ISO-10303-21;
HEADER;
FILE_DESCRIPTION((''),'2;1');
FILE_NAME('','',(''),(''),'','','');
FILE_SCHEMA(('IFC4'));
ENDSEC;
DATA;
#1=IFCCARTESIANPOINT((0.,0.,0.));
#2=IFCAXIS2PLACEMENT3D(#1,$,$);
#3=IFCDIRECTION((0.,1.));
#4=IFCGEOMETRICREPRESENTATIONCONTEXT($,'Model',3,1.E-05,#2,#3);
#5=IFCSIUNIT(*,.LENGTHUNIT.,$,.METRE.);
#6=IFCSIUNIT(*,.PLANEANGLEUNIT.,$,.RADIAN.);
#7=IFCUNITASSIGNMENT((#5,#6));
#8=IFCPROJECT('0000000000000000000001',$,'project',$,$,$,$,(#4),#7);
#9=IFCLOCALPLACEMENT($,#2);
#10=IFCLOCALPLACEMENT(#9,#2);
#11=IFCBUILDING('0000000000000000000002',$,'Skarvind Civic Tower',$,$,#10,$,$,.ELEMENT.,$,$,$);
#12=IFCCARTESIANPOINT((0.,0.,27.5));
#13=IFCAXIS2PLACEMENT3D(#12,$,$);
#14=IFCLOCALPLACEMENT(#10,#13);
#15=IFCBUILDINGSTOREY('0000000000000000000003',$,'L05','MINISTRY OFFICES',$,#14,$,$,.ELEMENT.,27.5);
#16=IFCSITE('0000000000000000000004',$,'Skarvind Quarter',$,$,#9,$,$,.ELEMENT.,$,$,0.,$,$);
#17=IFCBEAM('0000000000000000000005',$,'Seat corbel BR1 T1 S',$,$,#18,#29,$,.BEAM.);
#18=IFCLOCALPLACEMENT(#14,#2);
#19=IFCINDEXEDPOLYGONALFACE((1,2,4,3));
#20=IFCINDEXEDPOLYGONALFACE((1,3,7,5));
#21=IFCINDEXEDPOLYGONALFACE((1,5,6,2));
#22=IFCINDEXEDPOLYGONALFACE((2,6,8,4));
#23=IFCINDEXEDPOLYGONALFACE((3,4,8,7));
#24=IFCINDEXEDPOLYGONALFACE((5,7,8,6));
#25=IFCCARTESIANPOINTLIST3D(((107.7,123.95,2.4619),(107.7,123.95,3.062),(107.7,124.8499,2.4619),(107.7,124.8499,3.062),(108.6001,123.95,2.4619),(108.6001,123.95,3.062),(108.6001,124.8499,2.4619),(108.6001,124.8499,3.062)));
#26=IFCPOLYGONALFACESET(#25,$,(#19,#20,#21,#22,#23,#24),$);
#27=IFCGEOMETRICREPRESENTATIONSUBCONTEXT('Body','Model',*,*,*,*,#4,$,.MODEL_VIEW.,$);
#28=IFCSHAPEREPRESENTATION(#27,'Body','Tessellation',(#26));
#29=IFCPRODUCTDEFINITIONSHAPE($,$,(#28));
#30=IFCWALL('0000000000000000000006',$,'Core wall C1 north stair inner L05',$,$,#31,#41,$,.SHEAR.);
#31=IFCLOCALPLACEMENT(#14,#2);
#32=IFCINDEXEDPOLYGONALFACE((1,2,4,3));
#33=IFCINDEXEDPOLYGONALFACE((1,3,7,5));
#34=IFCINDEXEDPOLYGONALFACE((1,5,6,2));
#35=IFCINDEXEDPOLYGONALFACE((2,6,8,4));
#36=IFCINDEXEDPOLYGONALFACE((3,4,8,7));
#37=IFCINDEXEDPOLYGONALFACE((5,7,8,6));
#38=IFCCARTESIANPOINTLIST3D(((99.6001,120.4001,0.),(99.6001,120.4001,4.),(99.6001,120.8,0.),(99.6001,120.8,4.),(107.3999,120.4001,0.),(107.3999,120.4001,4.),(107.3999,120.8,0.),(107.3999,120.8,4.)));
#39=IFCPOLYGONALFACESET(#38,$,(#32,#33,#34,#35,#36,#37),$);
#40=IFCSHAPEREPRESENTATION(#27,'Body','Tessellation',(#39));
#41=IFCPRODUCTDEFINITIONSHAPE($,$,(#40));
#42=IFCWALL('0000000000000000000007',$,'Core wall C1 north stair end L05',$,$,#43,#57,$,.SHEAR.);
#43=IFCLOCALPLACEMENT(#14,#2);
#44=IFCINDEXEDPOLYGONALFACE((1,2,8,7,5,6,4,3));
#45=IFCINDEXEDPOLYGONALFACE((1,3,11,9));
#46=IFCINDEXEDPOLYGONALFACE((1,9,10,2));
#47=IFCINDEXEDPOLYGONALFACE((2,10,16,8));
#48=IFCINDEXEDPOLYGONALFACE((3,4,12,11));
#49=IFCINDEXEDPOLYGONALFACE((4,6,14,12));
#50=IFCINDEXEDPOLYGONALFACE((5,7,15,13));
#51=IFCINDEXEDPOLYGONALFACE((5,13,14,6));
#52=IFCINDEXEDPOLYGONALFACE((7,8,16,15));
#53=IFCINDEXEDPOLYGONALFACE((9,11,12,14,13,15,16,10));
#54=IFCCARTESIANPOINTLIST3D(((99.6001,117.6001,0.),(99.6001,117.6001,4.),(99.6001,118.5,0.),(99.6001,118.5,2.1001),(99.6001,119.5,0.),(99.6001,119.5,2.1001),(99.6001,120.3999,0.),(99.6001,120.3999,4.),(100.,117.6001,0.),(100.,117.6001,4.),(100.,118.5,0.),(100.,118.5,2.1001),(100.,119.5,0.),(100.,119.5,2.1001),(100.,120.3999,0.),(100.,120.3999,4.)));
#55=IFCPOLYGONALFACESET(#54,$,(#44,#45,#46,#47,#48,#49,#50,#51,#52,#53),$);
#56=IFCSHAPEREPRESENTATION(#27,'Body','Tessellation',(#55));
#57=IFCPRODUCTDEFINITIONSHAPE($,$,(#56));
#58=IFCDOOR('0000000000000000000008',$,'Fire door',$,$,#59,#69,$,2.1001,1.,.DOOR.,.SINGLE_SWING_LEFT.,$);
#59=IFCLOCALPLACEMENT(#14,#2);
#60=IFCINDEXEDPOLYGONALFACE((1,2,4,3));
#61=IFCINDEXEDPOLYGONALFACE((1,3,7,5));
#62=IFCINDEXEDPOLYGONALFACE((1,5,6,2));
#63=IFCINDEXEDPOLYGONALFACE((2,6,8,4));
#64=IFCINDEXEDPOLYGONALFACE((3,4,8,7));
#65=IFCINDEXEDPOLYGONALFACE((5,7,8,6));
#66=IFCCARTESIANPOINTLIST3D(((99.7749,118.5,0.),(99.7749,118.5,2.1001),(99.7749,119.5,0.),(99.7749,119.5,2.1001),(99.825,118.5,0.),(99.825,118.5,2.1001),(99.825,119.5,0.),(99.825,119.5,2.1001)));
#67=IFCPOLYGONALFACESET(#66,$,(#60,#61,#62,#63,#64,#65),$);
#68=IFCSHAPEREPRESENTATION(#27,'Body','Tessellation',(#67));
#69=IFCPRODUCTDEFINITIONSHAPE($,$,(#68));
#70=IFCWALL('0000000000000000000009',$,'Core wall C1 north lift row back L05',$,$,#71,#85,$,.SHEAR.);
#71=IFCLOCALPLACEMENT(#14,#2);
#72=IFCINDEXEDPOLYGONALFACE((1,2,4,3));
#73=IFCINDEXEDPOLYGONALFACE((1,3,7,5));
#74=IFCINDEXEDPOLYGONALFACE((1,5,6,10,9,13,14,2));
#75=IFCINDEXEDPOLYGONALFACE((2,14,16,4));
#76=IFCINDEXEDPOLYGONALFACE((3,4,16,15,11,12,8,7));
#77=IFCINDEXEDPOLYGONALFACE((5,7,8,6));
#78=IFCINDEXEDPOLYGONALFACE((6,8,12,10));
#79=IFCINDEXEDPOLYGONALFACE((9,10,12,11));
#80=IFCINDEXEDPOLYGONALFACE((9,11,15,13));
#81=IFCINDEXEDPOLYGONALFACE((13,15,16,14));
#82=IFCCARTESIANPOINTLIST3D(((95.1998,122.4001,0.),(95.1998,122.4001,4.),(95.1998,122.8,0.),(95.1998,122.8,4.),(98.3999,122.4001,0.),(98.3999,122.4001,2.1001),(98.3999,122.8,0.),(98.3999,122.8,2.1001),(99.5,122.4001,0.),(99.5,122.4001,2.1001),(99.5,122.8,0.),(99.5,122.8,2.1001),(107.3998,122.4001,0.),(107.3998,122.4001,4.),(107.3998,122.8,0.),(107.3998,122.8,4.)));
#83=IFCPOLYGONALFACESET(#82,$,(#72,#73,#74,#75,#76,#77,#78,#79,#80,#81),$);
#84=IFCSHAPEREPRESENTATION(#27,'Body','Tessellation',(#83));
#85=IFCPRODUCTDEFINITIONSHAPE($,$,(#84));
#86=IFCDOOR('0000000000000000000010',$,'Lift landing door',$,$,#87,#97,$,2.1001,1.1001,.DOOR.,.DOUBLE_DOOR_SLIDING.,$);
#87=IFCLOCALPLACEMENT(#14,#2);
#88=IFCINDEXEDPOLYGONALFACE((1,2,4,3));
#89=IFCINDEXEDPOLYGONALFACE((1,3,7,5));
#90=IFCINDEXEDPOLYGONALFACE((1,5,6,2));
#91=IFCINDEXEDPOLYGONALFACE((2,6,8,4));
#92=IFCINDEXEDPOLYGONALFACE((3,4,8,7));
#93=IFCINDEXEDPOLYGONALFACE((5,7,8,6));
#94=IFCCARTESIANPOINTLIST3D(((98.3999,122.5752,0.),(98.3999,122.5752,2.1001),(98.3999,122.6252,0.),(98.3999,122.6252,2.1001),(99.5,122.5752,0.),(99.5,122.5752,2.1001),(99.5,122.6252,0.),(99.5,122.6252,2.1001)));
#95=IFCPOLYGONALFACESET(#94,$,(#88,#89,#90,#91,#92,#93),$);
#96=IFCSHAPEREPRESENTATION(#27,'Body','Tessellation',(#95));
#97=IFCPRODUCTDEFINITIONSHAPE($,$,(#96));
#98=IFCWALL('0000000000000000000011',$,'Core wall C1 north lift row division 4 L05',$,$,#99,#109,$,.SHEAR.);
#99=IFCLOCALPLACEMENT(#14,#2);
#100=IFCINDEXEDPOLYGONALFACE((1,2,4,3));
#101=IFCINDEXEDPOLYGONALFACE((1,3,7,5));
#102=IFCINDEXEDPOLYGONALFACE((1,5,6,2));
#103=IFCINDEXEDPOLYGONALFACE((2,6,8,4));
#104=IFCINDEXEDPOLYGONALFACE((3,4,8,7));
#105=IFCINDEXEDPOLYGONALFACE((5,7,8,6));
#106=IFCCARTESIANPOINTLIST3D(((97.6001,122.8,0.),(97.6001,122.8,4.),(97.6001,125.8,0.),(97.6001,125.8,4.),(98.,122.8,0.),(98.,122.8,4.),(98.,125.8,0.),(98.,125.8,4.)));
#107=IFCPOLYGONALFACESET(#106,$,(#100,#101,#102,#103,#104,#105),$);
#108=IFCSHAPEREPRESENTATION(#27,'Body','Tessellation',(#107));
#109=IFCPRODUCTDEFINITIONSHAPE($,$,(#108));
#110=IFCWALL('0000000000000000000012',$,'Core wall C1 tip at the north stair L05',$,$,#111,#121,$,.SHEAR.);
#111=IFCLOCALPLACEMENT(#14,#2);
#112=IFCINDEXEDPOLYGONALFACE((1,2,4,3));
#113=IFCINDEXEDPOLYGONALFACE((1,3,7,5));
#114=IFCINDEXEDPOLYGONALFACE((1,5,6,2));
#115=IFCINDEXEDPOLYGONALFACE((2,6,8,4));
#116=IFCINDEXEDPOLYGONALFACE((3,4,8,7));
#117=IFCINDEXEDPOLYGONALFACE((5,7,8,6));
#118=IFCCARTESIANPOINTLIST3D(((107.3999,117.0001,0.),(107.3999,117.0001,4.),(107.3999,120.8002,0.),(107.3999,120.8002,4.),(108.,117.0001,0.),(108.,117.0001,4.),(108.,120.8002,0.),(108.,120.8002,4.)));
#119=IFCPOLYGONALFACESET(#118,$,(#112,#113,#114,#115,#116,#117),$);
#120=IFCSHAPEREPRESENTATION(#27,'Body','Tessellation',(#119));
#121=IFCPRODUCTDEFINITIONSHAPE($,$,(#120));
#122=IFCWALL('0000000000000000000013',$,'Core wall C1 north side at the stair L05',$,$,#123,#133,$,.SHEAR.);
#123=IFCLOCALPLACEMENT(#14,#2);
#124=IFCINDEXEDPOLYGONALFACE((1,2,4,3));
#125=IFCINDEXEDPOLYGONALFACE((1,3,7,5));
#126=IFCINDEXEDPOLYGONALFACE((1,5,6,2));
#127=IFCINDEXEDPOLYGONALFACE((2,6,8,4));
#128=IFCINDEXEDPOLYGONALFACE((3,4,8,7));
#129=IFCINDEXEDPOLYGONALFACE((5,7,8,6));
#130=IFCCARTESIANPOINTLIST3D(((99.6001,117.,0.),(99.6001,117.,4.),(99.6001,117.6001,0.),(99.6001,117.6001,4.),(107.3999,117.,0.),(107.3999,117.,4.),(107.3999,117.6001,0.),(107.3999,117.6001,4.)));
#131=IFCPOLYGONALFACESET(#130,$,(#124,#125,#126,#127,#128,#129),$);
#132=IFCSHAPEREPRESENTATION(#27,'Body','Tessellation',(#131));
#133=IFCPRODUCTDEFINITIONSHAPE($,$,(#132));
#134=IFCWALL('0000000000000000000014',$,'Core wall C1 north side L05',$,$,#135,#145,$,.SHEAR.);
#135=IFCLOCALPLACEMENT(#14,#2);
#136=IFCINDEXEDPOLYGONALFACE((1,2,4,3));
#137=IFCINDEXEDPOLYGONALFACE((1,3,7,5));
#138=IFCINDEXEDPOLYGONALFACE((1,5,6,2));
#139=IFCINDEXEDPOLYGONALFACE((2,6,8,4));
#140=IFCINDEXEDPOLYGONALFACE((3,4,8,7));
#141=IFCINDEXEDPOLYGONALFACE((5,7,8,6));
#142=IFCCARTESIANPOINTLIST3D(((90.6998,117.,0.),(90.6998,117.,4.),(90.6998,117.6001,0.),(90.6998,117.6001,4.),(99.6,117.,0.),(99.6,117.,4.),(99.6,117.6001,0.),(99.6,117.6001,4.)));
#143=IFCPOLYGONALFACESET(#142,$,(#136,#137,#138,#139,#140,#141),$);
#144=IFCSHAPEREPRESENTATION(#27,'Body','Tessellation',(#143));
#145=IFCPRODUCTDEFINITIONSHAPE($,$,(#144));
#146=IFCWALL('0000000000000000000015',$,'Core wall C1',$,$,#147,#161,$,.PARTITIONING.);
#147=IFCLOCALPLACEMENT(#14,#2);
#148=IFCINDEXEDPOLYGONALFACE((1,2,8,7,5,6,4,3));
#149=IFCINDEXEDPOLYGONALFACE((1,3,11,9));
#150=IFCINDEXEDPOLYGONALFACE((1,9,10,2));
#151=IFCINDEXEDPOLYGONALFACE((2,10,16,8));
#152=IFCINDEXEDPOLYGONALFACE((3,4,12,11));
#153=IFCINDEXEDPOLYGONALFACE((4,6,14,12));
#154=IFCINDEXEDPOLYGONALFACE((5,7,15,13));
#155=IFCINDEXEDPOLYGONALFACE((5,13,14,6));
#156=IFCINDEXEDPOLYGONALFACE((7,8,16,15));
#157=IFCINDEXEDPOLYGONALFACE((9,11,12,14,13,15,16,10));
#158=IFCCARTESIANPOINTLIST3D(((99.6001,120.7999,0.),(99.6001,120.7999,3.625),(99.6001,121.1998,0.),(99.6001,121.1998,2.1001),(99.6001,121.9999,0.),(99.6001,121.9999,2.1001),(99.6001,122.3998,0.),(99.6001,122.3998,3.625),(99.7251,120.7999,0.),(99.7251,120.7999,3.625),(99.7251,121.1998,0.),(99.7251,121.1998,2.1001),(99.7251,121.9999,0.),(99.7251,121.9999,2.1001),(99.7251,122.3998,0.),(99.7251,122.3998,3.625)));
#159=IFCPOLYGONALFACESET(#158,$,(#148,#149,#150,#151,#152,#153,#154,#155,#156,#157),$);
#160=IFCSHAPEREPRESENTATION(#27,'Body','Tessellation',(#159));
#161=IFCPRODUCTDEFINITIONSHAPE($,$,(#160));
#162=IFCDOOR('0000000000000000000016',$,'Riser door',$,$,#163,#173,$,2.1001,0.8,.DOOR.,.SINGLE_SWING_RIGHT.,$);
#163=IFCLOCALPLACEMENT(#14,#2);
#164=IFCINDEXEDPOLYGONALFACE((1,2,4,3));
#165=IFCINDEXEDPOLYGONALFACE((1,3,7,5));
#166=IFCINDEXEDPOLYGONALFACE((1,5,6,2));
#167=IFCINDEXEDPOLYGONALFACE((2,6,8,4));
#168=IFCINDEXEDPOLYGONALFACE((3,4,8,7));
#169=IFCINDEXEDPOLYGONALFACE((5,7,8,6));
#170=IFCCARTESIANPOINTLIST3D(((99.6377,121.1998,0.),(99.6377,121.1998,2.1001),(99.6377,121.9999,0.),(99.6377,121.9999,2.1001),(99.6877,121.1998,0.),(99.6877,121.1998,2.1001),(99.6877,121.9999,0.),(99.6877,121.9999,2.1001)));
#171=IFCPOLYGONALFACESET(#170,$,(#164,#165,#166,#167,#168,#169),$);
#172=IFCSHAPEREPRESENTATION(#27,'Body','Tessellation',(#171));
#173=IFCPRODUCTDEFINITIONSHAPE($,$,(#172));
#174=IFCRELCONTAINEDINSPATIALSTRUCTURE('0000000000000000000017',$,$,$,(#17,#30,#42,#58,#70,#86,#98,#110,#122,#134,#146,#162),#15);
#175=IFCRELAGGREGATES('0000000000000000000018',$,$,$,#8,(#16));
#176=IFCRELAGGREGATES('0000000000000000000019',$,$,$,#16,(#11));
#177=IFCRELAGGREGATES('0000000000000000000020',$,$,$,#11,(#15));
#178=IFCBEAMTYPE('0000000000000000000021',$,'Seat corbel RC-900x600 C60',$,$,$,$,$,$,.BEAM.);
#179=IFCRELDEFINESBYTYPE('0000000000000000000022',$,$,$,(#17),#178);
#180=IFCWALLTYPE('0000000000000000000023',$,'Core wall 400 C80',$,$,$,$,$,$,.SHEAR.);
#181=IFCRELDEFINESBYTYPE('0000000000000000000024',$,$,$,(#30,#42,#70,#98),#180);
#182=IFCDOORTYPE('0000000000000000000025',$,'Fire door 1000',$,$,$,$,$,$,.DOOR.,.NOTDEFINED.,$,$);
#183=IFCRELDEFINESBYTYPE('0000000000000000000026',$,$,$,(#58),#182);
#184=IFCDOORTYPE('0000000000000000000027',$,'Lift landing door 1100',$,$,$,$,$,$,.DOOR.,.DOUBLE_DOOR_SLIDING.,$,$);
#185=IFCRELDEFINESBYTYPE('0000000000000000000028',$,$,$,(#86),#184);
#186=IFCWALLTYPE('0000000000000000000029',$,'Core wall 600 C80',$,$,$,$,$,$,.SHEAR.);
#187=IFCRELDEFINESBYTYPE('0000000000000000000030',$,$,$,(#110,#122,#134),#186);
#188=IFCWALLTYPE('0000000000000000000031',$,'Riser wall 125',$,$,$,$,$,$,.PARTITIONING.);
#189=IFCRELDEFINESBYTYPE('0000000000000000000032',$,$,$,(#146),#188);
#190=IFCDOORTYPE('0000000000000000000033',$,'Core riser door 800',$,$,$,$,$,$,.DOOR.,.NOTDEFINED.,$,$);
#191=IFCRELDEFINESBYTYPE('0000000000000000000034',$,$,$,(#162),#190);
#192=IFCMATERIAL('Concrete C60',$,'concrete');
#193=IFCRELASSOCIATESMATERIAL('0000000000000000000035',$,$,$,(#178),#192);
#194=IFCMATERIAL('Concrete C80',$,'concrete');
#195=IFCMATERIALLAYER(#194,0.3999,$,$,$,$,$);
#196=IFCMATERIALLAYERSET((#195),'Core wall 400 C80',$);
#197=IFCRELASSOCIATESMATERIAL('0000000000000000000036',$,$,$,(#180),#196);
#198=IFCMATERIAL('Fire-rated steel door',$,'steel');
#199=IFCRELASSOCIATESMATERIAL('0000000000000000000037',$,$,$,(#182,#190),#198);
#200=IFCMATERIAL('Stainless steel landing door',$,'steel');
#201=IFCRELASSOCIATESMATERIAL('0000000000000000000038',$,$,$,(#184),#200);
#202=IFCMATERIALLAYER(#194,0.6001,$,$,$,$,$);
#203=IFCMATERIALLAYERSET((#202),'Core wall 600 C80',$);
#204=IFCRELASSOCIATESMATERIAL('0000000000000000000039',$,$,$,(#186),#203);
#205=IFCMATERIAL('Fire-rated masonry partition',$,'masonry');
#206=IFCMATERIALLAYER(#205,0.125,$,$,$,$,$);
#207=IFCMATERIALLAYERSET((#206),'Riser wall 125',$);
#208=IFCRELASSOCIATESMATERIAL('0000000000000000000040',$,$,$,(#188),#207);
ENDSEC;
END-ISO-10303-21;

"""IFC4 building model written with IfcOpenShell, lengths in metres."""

from ifc_helpers import new_model, si_unit, direction, frame, frame_2d, origin, origin_2d, place, context, subcontext, project, spatial, rectangle, extrude, material, layer, layer_set, material_profile, profile_set, type_object, element, fill, save


model = new_model("IFC4")

# Units and contexts
model_context = context("Model", 3, precision=1e-05, world=origin(), true_north=direction((0.0, 1.0)))
body_context = subcontext(model_context, "Body", "Model", "MODEL_VIEW")
ifc_project = project(units=[si_unit("LENGTHUNIT", "METRE"), si_unit("PLANEANGLEUNIT", "RADIAN")], contexts=[model_context])

# Site, building, storey
site_placement = place(None, origin())
site = spatial("IfcSite", under=ifc_project, at=site_placement, Name="Skarvind Quarter", CompositionType="ELEMENT", RefElevation=0.0)
building_placement = place(site_placement, origin())
building = spatial("IfcBuilding", under=site, at=building_placement, Name="Skarvind Civic Tower", CompositionType="ELEMENT")
storey_placement = place(building_placement, frame((0.0, 0.0, 27.5)))
storey = spatial("IfcBuildingStorey", under=building, at=storey_placement, Name="L05", Description="MINISTRY OFFICES", CompositionType="ELEMENT", Elevation=27.5)

# Beam
ifc_material_1 = material(Name="Concrete C60", Category="concrete")
ifc_material_profile_1 = material_profile(ifc_material_1, rectangle(XDim=0.8999, YDim=0.6001, at=origin_2d()), Name="RC-900x600")
ifc_profile_set_1 = profile_set([ifc_material_profile_1], Name="Concrete C60")
beam_type_1 = type_object("IfcBeamType", Name="Seat corbel RC-900x600 C60", PredefinedType="BEAM", material=ifc_profile_set_1)
beam_placement = place(storey_placement, frame((107.7, 124.3999, 2.762), z_axis=(1.0, 0.0, 0.0), x_axis=(0.0, 1.0, 0.0)))
element("IfcBeam", 1, at=beam_placement, inside=storey, type_object=beam_type_1, Name="Seat corbel BR1 T1 S", PredefinedType="BEAM", context=body_context, shape_type="SweptSolid", body=[
    extrude(rectangle(XDim=0.8999, YDim=0.6001, at=origin_2d()), origin(), (0.0, 0.0, 1.0), 0.9001),
])

# Wall
ifc_material_2 = material(Name="Concrete C80", Category="concrete")
ifc_layer_1 = layer(ifc_material_2, 0.3999)
ifc_layer_set_1 = layer_set([ifc_layer_1], Name="Core wall 400 C80")
wall_type_1 = type_object("IfcWallType", Name="Core wall 400 C80", PredefinedType="SHEAR", material=ifc_layer_set_1)
wall_1_placement = place(storey_placement, frame((107.3999, 120.6001, 0.0), z_axis=(0.0, 0.0, 1.0), x_axis=(-1.0, 0.0, 0.0)))
element("IfcWall", 2, at=wall_1_placement, inside=storey, type_object=wall_type_1, Name="Core wall C1 north stair inner L05", PredefinedType="SHEAR", context=body_context, shape_type="SweptSolid", body=[
    extrude(rectangle(XDim=7.7998, YDim=0.3999, at=frame_2d((3.8999, 0.0))), origin(), (0.0, 0.0, 1.0), 4.0),
])

# Walls, openings, doors
wall_2_placement = place(storey_placement, frame((99.8, 120.3999, 0.0), z_axis=(0.0, 0.0, 1.0), x_axis=(0.0, -1.0, 0.0)))
wall_2 = element("IfcWall", 3, at=wall_2_placement, inside=storey, type_object=wall_type_1, Name="Core wall C1 north stair end L05", PredefinedType="SHEAR", context=body_context, shape_type="SweptSolid", body=[
    extrude(rectangle(XDim=2.7998, YDim=0.3999, at=frame_2d((1.3999, 0.0))), origin(), (0.0, 0.0, 1.0), 4.0),
])
opening_1_placement = place(wall_2_placement, frame((0.8999, 0.0, 0.0)))
opening_1 = element("IfcOpeningElement", 4, at=opening_1_placement, cuts=wall_2, PredefinedType="OPENING", context=body_context, shape_type="SweptSolid", body=[
    extrude(rectangle(XDim=1.0, YDim=2.1001, at=frame_2d((0.5, 1.05))), frame((0.0, 0.21, 0.0), z_axis=(0.0, -1.0, 0.0), x_axis=(1.0, 0.0, 0.0)), (0.0, 0.0, 1.0), 0.4199),
])
ifc_material_3 = material(Name="Fire-rated steel door", Category="steel")
door_type_1 = type_object("IfcDoorType", Name="Fire door 1000", OperationType="NOTDEFINED", PredefinedType="DOOR", material=ifc_material_3)
door_1_placement = place(opening_1_placement, origin())
door_1 = element("IfcDoor", 5, at=door_1_placement, inside=storey, type_object=door_type_1, Name="Fire door", OperationType="SINGLE_SWING_LEFT", OverallHeight=2.1001, OverallWidth=1.0, PredefinedType="DOOR", context=body_context, shape_type="SweptSolid", body=[
    extrude(rectangle(XDim=1.0, YDim=2.1001, at=frame_2d((0.5, 1.05))), frame((0.0, 0.0249, 0.0), z_axis=(0.0, -1.0, 0.0), x_axis=(1.0, 0.0, 0.0)), (0.0, 0.0, 1.0), 0.05),
])
fill(opening_1, door_1)
wall_3_placement = place(storey_placement, frame((107.3999, 122.6001, 0.0), z_axis=(0.0, 0.0, 1.0), x_axis=(-1.0, 0.0, 0.0)))
wall_3 = element("IfcWall", 6, at=wall_3_placement, inside=storey, type_object=wall_type_1, Name="Core wall C1 north lift row back L05", PredefinedType="SHEAR", context=body_context, shape_type="SweptSolid", body=[
    extrude(rectangle(XDim=12.2, YDim=0.3999, at=frame_2d((6.1001, 0.0))), origin(), (0.0, 0.0, 1.0), 4.0),
])
opening_2_placement = place(wall_3_placement, frame((7.8999, 0.0, 0.0)))
opening_2 = element("IfcOpeningElement", 7, at=opening_2_placement, cuts=wall_3, PredefinedType="OPENING", context=body_context, shape_type="SweptSolid", body=[
    extrude(rectangle(XDim=1.1001, YDim=2.1001, at=frame_2d((0.55, 1.05))), frame((0.0, 0.21, 0.0), z_axis=(0.0, -1.0, 0.0), x_axis=(1.0, 0.0, 0.0)), (0.0, 0.0, 1.0), 0.4199),
])
ifc_material_4 = material(Name="Stainless steel landing door", Category="steel")
door_type_2 = type_object("IfcDoorType", Name="Lift landing door 1100", OperationType="DOUBLE_DOOR_SLIDING", PredefinedType="DOOR", material=ifc_material_4)
door_2_placement = place(opening_2_placement, origin())
door_2 = element("IfcDoor", 8, at=door_2_placement, inside=storey, type_object=door_type_2, Name="Lift landing door", OperationType="DOUBLE_DOOR_SLIDING", OverallHeight=2.1001, OverallWidth=1.1001, PredefinedType="DOOR", context=body_context, shape_type="SweptSolid", body=[
    extrude(rectangle(XDim=1.1001, YDim=2.1001, at=frame_2d((0.55, 1.05))), frame((0.0, 0.0249, 0.0), z_axis=(0.0, -1.0, 0.0), x_axis=(1.0, 0.0, 0.0)), (0.0, 0.0, 1.0), 0.05),
])
fill(opening_2, door_2)

# Walls
wall_4_placement = place(storey_placement, frame((97.8, 125.8, 0.0), z_axis=(0.0, 0.0, 1.0), x_axis=(0.0, -1.0, 0.0)))
element("IfcWall", 9, at=wall_4_placement, inside=storey, type_object=wall_type_1, Name="Core wall C1 north lift row division 4 L05", PredefinedType="SHEAR", context=body_context, shape_type="SweptSolid", body=[
    extrude(rectangle(XDim=3.0, YDim=0.3999, at=frame_2d((1.5, 0.0))), origin(), (0.0, 0.0, 1.0), 4.0),
])
ifc_layer_2 = layer(ifc_material_2, 0.6001)
ifc_layer_set_2 = layer_set([ifc_layer_2], Name="Core wall 600 C80")
wall_type_2 = type_object("IfcWallType", Name="Core wall 600 C80", PredefinedType="SHEAR", material=ifc_layer_set_2)
wall_5_placement = place(storey_placement, frame((107.7, 120.8, 0.0), z_axis=(0.0, 0.0, 1.0), x_axis=(0.0, -1.0, 0.0)))
element("IfcWall", 10, at=wall_5_placement, inside=storey, type_object=wall_type_2, Name="Core wall C1 tip at the north stair L05", PredefinedType="SHEAR", context=body_context, shape_type="SweptSolid", body=[
    extrude(rectangle(XDim=3.8, YDim=0.6001, at=frame_2d((1.8999, 0.0))), origin(), (0.0, 0.0, 1.0), 4.0),
])
wall_6_placement = place(storey_placement, frame((107.3999, 117.3, 0.0), z_axis=(0.0, 0.0, 1.0), x_axis=(-1.0, 0.0, 0.0)))
element("IfcWall", 11, at=wall_6_placement, inside=storey, type_object=wall_type_2, Name="Core wall C1 north side at the stair L05", PredefinedType="SHEAR", context=body_context, shape_type="SweptSolid", body=[
    extrude(rectangle(XDim=7.7998, YDim=0.6001, at=frame_2d((3.8999, 0.0))), origin(), (0.0, 0.0, 1.0), 4.0),
])
wall_7_placement = place(storey_placement, frame((99.6001, 117.3, 0.0), z_axis=(0.0, 0.0, 1.0), x_axis=(-1.0, 0.0, 0.0)))
element("IfcWall", 12, at=wall_7_placement, inside=storey, type_object=wall_type_2, Name="Core wall C1 north side L05", PredefinedType="SHEAR", context=body_context, shape_type="SweptSolid", body=[
    extrude(rectangle(XDim=8.9001, YDim=0.6001, at=frame_2d((4.4502, 0.0))), origin(), (0.0, 0.0, 1.0), 4.0),
])

# Wall, opening, door
ifc_material_5 = material(Name="Fire-rated masonry partition", Category="masonry")
ifc_layer_3 = layer(ifc_material_5, 0.125)
ifc_layer_set_3 = layer_set([ifc_layer_3], Name="Riser wall 125")
wall_type_3 = type_object("IfcWallType", Name="Riser wall 125", PredefinedType="PARTITIONING", material=ifc_layer_set_3)
wall_8_placement = place(storey_placement, frame((99.6626, 120.8, 0.0), z_axis=(0.0, 0.0, 1.0), x_axis=(0.0, 1.0, 0.0)))
wall_8 = element("IfcWall", 13, at=wall_8_placement, inside=storey, type_object=wall_type_3, Name="Core wall C1", PredefinedType="PARTITIONING", context=body_context, shape_type="SweptSolid", body=[
    extrude(rectangle(XDim=1.5999, YDim=0.125, at=frame_2d((0.7998, 0.0))), origin(), (0.0, 0.0, 1.0), 3.625),
])
opening_3_placement = place(wall_8_placement, frame((0.3999, 0.0, 0.0)))
opening_3 = element("IfcOpeningElement", 14, at=opening_3_placement, cuts=wall_8, PredefinedType="OPENING", context=body_context, shape_type="SweptSolid", body=[
    extrude(rectangle(XDim=0.8, YDim=2.1001, at=frame_2d((0.3999, 1.05))), frame((0.0, 0.0725, 0.0), z_axis=(0.0, -1.0, 0.0), x_axis=(1.0, 0.0, 0.0)), (0.0, 0.0, 1.0), 0.145),
])
door_type_3 = type_object("IfcDoorType", Name="Core riser door 800", OperationType="NOTDEFINED", PredefinedType="DOOR", material=ifc_material_3)
door_3_placement = place(opening_3_placement, origin())
door_3 = element("IfcDoor", 15, at=door_3_placement, inside=storey, type_object=door_type_3, Name="Riser door", OperationType="SINGLE_SWING_RIGHT", OverallHeight=2.1001, OverallWidth=0.8, PredefinedType="DOOR", context=body_context, shape_type="SweptSolid", body=[
    extrude(rectangle(XDim=0.8, YDim=2.1001, at=frame_2d((0.3999, 1.05))), frame((0.0, 0.0249, 0.0), z_axis=(0.0, -1.0, 0.0), x_axis=(1.0, 0.0, 0.0)), (0.0, 0.0, 1.0), 0.05),
])
fill(opening_3, door_3)

save(model, "model.ifc")
